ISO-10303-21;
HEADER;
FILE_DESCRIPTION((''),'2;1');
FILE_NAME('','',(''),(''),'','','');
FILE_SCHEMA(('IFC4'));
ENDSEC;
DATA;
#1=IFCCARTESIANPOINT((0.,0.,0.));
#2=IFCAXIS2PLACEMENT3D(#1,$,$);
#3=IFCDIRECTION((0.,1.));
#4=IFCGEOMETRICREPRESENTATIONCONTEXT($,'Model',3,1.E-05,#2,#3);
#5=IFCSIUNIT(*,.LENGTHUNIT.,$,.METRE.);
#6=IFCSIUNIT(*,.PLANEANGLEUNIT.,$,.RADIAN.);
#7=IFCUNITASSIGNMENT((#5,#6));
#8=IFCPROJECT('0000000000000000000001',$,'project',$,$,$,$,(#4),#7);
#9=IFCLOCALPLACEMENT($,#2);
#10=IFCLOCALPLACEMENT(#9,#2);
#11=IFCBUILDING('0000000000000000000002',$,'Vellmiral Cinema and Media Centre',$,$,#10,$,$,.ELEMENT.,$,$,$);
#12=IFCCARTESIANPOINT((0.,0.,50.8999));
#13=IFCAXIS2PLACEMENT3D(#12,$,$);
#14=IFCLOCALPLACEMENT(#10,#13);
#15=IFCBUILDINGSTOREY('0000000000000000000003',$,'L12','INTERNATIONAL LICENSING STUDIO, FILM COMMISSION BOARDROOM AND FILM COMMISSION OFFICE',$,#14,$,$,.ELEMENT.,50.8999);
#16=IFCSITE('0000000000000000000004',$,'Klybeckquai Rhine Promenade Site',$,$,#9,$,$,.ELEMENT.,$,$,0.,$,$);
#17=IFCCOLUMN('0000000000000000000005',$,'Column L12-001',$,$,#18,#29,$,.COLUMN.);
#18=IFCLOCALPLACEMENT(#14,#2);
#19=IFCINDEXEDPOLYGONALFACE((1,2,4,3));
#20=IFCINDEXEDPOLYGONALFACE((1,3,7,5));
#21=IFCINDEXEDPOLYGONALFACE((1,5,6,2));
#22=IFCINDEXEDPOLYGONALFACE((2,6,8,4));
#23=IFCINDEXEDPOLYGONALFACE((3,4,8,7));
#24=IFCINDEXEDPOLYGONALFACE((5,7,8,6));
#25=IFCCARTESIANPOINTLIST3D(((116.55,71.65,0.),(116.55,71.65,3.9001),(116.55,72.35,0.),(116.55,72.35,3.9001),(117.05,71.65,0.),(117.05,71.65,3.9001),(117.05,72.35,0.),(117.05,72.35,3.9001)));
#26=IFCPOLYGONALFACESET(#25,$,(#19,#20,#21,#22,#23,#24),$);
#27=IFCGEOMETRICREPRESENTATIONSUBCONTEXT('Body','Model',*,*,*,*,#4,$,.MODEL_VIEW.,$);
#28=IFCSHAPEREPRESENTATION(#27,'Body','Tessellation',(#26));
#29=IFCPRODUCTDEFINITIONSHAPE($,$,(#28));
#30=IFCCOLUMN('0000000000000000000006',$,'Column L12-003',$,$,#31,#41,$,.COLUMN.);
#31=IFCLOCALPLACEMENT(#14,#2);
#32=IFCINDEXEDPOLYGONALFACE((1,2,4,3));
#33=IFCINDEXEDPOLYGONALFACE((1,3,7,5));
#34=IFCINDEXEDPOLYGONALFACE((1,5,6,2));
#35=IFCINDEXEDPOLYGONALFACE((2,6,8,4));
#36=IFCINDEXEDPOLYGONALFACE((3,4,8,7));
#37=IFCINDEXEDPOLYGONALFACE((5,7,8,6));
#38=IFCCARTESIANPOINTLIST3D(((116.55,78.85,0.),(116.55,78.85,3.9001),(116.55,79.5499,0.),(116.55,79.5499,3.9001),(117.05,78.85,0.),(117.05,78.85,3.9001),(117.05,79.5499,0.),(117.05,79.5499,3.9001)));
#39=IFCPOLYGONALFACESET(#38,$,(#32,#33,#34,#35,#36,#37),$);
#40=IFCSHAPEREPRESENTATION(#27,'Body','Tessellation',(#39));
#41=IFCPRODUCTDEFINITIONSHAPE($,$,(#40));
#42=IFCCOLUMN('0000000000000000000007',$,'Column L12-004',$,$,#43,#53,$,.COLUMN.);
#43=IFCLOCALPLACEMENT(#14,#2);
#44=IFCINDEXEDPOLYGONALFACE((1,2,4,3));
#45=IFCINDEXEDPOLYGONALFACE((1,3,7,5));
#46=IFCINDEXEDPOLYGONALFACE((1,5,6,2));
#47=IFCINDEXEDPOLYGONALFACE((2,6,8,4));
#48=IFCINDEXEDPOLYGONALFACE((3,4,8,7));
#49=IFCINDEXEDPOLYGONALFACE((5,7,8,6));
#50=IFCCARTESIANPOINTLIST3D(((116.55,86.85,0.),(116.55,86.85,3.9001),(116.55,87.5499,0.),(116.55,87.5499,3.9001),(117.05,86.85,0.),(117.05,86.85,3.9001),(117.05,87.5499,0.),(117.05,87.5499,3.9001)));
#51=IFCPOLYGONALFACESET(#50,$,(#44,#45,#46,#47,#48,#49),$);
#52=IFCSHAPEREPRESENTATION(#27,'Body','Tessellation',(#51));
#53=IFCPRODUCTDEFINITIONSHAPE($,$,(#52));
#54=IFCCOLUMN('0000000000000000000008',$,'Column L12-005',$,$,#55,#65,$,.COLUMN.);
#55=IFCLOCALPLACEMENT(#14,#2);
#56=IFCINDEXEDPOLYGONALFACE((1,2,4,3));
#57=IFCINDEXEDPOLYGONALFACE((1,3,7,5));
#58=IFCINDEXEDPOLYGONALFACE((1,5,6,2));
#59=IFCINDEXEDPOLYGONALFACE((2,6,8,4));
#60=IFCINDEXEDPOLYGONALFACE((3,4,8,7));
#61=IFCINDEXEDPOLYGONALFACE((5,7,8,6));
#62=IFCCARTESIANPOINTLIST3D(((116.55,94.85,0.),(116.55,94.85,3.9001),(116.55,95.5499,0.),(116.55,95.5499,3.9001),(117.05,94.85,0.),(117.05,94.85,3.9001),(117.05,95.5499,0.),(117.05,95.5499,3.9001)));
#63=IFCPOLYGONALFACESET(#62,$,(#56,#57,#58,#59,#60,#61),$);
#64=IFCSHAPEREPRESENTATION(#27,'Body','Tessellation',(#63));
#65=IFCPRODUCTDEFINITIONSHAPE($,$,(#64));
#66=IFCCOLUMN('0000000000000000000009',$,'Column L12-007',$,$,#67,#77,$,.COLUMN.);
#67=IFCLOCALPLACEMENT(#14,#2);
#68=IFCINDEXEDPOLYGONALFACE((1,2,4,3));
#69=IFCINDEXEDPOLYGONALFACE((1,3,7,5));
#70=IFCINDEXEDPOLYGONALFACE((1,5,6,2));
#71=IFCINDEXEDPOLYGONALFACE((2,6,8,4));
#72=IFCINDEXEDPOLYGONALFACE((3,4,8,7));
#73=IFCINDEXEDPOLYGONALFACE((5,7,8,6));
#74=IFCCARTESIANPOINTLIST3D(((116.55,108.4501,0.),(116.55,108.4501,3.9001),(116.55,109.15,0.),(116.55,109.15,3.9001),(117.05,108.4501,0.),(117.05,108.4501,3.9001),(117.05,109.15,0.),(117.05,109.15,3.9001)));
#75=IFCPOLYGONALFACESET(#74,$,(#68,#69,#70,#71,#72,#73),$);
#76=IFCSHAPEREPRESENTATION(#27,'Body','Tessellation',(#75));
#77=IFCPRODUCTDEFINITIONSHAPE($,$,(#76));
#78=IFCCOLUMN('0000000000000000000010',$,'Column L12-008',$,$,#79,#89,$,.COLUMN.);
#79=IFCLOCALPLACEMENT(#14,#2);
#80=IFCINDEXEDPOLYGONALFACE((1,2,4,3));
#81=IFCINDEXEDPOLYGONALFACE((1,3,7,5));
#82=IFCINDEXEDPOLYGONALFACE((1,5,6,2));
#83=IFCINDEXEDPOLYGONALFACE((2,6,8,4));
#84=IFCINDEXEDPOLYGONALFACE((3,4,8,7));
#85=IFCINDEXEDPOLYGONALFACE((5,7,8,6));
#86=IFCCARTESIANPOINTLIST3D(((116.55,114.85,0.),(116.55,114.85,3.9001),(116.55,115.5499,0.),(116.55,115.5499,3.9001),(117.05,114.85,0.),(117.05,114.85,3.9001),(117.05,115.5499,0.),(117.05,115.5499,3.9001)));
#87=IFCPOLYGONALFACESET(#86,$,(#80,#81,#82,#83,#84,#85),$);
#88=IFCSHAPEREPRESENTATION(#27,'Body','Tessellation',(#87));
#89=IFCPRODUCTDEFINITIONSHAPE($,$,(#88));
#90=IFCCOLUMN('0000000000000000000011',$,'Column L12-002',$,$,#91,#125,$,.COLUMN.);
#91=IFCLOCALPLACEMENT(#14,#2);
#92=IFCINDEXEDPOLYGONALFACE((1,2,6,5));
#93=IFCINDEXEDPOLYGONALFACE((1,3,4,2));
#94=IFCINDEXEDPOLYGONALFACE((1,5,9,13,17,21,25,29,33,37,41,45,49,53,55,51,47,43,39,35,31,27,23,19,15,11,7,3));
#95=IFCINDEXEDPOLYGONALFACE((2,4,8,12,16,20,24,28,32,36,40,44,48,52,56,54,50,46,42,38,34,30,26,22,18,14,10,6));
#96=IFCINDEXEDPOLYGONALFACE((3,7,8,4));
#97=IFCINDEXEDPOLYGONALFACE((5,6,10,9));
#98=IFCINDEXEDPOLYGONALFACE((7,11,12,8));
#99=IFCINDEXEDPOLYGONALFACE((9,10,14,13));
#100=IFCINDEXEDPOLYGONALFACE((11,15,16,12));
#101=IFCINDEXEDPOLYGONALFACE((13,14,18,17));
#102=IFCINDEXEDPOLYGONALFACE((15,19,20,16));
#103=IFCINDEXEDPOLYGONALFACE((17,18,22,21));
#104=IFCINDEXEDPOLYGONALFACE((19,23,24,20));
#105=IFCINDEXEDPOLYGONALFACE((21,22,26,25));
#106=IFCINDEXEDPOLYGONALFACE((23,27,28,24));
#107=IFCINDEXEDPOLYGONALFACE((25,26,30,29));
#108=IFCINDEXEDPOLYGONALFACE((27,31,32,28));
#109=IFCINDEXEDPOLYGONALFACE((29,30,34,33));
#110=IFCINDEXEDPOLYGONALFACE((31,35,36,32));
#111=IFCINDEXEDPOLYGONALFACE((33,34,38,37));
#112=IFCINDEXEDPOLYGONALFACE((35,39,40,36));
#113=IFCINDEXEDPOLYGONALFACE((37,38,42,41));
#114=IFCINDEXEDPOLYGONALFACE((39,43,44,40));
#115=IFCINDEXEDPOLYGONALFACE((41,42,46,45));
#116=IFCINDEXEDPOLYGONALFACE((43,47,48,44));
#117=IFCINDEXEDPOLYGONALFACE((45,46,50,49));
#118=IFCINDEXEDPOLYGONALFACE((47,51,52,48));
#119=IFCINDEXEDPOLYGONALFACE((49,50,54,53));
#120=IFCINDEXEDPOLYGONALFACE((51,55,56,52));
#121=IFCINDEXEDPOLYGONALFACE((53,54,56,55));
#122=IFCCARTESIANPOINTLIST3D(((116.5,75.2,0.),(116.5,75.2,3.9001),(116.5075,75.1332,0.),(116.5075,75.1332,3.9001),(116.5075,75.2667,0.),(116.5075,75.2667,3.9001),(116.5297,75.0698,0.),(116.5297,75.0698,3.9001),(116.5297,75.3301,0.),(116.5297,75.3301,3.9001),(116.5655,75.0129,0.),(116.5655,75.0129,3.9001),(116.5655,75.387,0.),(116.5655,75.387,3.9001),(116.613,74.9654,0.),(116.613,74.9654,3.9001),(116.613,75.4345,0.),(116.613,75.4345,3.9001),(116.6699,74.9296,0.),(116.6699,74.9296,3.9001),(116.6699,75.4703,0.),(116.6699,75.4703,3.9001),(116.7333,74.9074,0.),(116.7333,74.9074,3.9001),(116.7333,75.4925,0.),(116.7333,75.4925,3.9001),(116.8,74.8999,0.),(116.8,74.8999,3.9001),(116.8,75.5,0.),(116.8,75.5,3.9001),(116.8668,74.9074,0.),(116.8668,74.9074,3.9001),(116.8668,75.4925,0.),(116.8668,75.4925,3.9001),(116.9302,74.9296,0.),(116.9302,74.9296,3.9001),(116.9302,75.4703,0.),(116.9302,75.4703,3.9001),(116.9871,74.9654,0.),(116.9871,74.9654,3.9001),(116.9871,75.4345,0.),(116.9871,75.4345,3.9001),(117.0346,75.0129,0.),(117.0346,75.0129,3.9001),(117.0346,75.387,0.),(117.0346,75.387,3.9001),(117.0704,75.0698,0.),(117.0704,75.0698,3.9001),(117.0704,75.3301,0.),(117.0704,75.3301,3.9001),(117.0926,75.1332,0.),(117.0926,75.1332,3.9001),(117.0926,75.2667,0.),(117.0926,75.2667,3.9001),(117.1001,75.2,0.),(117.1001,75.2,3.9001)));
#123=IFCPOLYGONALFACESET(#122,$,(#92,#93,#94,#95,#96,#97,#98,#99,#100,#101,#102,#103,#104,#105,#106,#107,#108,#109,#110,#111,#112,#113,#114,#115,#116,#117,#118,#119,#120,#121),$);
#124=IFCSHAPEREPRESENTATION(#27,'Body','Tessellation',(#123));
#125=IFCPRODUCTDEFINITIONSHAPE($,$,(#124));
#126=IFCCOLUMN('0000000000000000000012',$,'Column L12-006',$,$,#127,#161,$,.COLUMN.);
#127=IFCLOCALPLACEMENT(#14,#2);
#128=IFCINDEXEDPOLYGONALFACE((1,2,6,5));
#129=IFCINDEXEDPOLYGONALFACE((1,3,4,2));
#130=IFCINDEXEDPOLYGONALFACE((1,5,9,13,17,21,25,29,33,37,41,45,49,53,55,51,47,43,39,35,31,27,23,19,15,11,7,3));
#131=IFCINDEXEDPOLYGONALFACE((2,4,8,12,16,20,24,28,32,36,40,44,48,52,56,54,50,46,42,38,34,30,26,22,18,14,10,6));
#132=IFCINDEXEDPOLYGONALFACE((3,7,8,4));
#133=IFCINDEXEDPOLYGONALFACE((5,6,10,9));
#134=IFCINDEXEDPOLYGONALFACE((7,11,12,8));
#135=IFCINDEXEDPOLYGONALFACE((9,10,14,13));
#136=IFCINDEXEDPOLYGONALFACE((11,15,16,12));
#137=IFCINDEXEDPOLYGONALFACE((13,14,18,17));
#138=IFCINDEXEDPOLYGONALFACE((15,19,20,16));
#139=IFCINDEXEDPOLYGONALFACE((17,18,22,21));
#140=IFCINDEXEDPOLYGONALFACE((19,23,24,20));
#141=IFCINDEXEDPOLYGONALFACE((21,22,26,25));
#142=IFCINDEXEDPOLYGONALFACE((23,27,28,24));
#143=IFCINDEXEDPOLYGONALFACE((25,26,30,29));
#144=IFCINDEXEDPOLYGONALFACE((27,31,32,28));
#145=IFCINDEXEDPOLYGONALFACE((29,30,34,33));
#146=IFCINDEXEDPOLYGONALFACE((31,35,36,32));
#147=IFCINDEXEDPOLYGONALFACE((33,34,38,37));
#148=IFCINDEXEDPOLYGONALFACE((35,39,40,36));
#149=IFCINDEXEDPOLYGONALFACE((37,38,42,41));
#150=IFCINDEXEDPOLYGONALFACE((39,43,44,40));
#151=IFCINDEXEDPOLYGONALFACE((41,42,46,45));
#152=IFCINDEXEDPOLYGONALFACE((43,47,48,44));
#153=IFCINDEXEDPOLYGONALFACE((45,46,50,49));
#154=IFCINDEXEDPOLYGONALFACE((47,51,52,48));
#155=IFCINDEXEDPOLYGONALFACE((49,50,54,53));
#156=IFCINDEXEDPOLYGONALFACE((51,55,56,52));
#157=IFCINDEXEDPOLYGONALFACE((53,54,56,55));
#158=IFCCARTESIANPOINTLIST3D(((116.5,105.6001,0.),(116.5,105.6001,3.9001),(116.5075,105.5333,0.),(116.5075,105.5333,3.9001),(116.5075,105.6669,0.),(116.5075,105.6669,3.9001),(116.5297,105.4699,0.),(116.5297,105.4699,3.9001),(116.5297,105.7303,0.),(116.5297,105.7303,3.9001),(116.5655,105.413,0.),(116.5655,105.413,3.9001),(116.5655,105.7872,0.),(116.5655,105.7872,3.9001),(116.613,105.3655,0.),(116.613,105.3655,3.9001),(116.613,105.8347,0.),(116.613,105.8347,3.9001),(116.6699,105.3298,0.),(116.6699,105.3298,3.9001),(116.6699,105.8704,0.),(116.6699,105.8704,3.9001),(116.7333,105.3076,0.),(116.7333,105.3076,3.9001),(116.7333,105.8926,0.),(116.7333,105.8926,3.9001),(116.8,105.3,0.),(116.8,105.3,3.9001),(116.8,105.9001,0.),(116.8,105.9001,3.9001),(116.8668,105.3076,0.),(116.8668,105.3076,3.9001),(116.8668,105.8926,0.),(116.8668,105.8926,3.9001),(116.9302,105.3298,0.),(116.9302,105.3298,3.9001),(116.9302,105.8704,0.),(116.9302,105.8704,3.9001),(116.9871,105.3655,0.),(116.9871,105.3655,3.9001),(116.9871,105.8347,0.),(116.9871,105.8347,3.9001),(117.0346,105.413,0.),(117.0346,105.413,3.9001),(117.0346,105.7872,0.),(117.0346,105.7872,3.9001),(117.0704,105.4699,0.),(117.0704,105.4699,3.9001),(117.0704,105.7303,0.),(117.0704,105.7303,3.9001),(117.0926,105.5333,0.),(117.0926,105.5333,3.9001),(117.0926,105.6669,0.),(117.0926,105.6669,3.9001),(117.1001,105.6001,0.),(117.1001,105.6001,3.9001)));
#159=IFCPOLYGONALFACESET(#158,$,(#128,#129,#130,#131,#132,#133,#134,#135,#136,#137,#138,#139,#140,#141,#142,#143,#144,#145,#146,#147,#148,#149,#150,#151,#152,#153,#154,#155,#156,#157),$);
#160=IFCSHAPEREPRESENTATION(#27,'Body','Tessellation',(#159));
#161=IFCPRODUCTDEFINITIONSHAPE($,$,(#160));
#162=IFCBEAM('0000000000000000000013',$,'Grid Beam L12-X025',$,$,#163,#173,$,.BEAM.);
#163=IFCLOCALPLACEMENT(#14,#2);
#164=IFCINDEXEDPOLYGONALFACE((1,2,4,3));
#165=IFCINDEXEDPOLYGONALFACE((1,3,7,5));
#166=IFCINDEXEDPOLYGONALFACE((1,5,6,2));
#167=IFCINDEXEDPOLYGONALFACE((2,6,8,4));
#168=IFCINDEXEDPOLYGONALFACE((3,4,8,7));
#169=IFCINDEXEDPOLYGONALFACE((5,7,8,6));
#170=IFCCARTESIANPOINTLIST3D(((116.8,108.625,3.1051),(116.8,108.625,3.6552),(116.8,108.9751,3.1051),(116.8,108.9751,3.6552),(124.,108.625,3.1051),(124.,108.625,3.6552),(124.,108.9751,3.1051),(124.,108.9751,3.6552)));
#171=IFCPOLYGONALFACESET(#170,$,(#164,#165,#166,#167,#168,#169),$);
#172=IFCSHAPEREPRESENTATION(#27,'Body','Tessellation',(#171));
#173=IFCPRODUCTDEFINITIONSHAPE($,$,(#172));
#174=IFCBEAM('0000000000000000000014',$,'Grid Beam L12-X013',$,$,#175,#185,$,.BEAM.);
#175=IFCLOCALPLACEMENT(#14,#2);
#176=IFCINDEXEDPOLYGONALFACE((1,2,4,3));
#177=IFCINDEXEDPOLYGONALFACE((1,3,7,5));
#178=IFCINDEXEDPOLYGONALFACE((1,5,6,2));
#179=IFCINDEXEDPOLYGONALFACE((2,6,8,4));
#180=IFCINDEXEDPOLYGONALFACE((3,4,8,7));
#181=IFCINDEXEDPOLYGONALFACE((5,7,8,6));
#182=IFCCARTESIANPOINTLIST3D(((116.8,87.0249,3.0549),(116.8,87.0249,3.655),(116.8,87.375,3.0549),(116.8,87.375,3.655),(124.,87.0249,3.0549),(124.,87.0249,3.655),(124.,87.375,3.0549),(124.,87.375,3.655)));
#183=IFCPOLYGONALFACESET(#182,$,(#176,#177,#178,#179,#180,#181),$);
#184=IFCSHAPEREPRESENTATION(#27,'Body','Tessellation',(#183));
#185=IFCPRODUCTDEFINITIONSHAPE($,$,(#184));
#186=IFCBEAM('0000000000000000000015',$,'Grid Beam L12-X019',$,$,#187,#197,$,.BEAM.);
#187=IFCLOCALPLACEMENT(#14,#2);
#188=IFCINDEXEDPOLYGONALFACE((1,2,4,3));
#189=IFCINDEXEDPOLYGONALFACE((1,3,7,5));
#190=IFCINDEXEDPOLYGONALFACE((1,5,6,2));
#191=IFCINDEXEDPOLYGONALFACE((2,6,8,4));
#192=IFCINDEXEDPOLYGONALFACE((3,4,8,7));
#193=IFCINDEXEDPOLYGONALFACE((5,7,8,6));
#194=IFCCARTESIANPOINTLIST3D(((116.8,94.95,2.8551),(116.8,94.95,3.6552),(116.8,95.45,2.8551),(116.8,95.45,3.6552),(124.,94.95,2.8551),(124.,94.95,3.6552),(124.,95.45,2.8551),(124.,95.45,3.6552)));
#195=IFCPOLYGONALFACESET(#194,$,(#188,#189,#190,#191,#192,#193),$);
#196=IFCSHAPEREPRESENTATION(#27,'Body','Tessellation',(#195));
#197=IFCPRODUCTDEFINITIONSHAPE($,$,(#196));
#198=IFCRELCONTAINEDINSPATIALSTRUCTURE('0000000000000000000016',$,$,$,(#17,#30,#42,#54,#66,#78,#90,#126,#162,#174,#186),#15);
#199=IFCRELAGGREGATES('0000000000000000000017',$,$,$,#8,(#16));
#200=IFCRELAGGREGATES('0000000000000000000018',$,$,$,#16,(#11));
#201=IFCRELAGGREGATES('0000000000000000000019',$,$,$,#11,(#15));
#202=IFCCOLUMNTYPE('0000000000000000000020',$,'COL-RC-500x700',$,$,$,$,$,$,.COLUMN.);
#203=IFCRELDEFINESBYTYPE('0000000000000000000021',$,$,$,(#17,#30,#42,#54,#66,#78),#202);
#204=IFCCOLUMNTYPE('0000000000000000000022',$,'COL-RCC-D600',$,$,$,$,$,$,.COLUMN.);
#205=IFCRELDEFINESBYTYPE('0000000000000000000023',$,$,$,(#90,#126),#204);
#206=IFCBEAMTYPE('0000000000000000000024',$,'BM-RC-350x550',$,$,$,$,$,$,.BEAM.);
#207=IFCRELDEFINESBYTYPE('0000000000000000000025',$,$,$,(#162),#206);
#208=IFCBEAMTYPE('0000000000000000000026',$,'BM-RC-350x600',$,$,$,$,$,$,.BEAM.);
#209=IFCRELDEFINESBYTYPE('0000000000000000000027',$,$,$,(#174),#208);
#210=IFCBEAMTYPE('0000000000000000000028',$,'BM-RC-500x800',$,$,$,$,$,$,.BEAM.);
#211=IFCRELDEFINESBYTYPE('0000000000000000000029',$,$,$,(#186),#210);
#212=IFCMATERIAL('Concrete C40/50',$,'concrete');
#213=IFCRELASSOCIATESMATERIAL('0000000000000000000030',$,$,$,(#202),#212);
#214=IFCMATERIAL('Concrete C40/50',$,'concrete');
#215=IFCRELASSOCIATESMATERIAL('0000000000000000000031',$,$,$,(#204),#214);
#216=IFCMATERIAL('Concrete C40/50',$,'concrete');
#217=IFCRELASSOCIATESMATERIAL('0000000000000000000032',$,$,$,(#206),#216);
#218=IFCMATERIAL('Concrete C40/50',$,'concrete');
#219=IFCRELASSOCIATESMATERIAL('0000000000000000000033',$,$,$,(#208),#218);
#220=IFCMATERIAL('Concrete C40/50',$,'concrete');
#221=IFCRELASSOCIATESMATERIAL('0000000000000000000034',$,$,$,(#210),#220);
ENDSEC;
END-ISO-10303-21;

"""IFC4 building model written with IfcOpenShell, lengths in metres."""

from ifc_helpers import new_model, si_unit, direction, frame, origin, origin_2d, place, context, subcontext, project, spatial, rectangle, circle, extrude, material, material_profile, profile_set, type_object, element, save


model = new_model("IFC4")

# Units and contexts
model_context = context("Model", 3, precision=1e-05, world=origin(), true_north=direction((0.0, 1.0)))
body_context = subcontext(model_context, "Body", "Model", "MODEL_VIEW")
ifc_project = project(units=[si_unit("LENGTHUNIT", "METRE"), si_unit("PLANEANGLEUNIT", "RADIAN")], contexts=[model_context])

# Site, building, storey
site_placement = place(None, origin())
site = spatial("IfcSite", under=ifc_project, at=site_placement, Name="Klybeckquai Rhine Promenade Site", CompositionType="ELEMENT", RefElevation=0.0)
building_placement = place(site_placement, origin())
building = spatial("IfcBuilding", under=site, at=building_placement, Name="Vellmiral Cinema and Media Centre", CompositionType="ELEMENT")
storey_placement = place(building_placement, frame((0.0, 0.0, 50.8999)))
storey = spatial("IfcBuildingStorey", under=building, at=storey_placement, Name="L12", Description="INTERNATIONAL LICENSING STUDIO, FILM COMMISSION BOARDROOM AND FILM COMMISSION OFFICE", CompositionType="ELEMENT", Elevation=50.8999)

# Columns
ifc_material_1 = material(Name="Concrete C40/50", Category="concrete")
ifc_material_profile_1 = material_profile(ifc_material_1, rectangle(XDim=0.5, YDim=0.7, at=origin_2d()), Name="RC 500x700")
ifc_profile_set_1 = profile_set([ifc_material_profile_1], Name="Concrete C40/50")
column_type_1 = type_object("IfcColumnType", Name="COL-RC-500x700", PredefinedType="COLUMN", material=ifc_profile_set_1)
for number, where, z_axis, x_axis, name in (
    (1, (116.8, 72.0, 0.0), (0.0, 0.0, 1.0), (1.0, 0.0, 0.0), "Column L12-001"),
    (2, (116.8, 79.2, 0.0), (0.0, 0.0, 1.0), (1.0, 0.0, 0.0), "Column L12-003"),
    (3, (116.8, 87.2, 0.0), (0.0, 0.0, 1.0), (1.0, 0.0, 0.0), "Column L12-004"),
    (4, (116.8, 95.2, 0.0), (0.0, 0.0, 1.0), (1.0, 0.0, 0.0), "Column L12-005"),
    (5, (116.8, 108.8, 0.0), (0.0, 0.0, 1.0), (1.0, 0.0, 0.0), "Column L12-007"),
    (6, (116.8, 115.2, 0.0), (0.0, 0.0, 1.0), (1.0, 0.0, 0.0), "Column L12-008"),
):
    element("IfcColumn", number, at=place(storey_placement, frame(where, z_axis=z_axis, x_axis=x_axis)), inside=storey, type_object=column_type_1, Name=name, PredefinedType="COLUMN", context=body_context, shape_type="SweptSolid", body=[
        extrude(rectangle(XDim=0.5, YDim=0.7, at=origin_2d()), origin(), (0.0, 0.0, 1.0), 3.9001),
    ])
ifc_material_2 = material(Name="Concrete C40/50", Category="concrete")
ifc_material_profile_2 = material_profile(ifc_material_2, circle(Radius=0.3, at=origin_2d()), Name="RC D600")
ifc_profile_set_2 = profile_set([ifc_material_profile_2], Name="Concrete C40/50")
column_type_2 = type_object("IfcColumnType", Name="COL-RCC-D600", PredefinedType="COLUMN", material=ifc_profile_set_2)
for number, where, z_axis, x_axis, name in (
    (7, (116.8, 75.2, 0.0), (0.0, 0.0, 1.0), (1.0, 0.0, 0.0), "Column L12-002"),
    (8, (116.8, 105.6001, 0.0), (0.0, 0.0, 1.0), (1.0, 0.0, 0.0), "Column L12-006"),
):
    element("IfcColumn", number, at=place(storey_placement, frame(where, z_axis=z_axis, x_axis=x_axis)), inside=storey, type_object=column_type_2, Name=name, PredefinedType="COLUMN", context=body_context, shape_type="SweptSolid", body=[
        extrude(circle(Radius=0.3, at=origin_2d()), origin(), (0.0, 0.0, 1.0), 3.9001),
    ])

# Beams
ifc_material_3 = material(Name="Concrete C40/50", Category="concrete")
ifc_material_profile_3 = material_profile(ifc_material_3, rectangle(XDim=0.3501, YDim=0.55, at=origin_2d()), Name="RC 350x550")
ifc_profile_set_3 = profile_set([ifc_material_profile_3], Name="Concrete C40/50")
beam_type_1 = type_object("IfcBeamType", Name="BM-RC-350x550", PredefinedType="BEAM", material=ifc_profile_set_3)
beam_1_placement = place(storey_placement, frame((116.8, 108.8, 3.3801), z_axis=(1.0, 0.0, 0.0), x_axis=(0.0, 1.0, 0.0)))
element("IfcBeam", 9, at=beam_1_placement, inside=storey, type_object=beam_type_1, Name="Grid Beam L12-X025", PredefinedType="BEAM", context=body_context, shape_type="SweptSolid", body=[
    extrude(rectangle(XDim=0.3501, YDim=0.55, at=origin_2d()), origin(), (0.0, 0.0, 1.0), 7.2),
])
ifc_material_4 = material(Name="Concrete C40/50", Category="concrete")
ifc_material_profile_4 = material_profile(ifc_material_4, rectangle(XDim=0.3501, YDim=0.6001, at=origin_2d()), Name="RC 350x600")
ifc_profile_set_4 = profile_set([ifc_material_profile_4], Name="Concrete C40/50")
beam_type_2 = type_object("IfcBeamType", Name="BM-RC-350x600", PredefinedType="BEAM", material=ifc_profile_set_4)
beam_2_placement = place(storey_placement, frame((116.8, 87.2, 3.355), z_axis=(1.0, 0.0, 0.0), x_axis=(0.0, 1.0, 0.0)))
element("IfcBeam", 10, at=beam_2_placement, inside=storey, type_object=beam_type_2, Name="Grid Beam L12-X013", PredefinedType="BEAM", context=body_context, shape_type="SweptSolid", body=[
    extrude(rectangle(XDim=0.3501, YDim=0.6001, at=origin_2d()), origin(), (0.0, 0.0, 1.0), 7.2),
])
ifc_material_5 = material(Name="Concrete C40/50", Category="concrete")
ifc_material_profile_5 = material_profile(ifc_material_5, rectangle(XDim=0.5, YDim=0.8, at=origin_2d()), Name="RC 500x800")
ifc_profile_set_5 = profile_set([ifc_material_profile_5], Name="Concrete C40/50")
beam_type_3 = type_object("IfcBeamType", Name="BM-RC-500x800", PredefinedType="BEAM", material=ifc_profile_set_5)
beam_3_placement = place(storey_placement, frame((116.8, 95.2, 3.2551), z_axis=(1.0, 0.0, 0.0), x_axis=(0.0, 1.0, 0.0)))
element("IfcBeam", 11, at=beam_3_placement, inside=storey, type_object=beam_type_3, Name="Grid Beam L12-X019", PredefinedType="BEAM", context=body_context, shape_type="SweptSolid", body=[
    extrude(rectangle(XDim=0.5, YDim=0.8, at=origin_2d()), origin(), (0.0, 0.0, 1.0), 7.2),
])

save(model, "model.ifc")
